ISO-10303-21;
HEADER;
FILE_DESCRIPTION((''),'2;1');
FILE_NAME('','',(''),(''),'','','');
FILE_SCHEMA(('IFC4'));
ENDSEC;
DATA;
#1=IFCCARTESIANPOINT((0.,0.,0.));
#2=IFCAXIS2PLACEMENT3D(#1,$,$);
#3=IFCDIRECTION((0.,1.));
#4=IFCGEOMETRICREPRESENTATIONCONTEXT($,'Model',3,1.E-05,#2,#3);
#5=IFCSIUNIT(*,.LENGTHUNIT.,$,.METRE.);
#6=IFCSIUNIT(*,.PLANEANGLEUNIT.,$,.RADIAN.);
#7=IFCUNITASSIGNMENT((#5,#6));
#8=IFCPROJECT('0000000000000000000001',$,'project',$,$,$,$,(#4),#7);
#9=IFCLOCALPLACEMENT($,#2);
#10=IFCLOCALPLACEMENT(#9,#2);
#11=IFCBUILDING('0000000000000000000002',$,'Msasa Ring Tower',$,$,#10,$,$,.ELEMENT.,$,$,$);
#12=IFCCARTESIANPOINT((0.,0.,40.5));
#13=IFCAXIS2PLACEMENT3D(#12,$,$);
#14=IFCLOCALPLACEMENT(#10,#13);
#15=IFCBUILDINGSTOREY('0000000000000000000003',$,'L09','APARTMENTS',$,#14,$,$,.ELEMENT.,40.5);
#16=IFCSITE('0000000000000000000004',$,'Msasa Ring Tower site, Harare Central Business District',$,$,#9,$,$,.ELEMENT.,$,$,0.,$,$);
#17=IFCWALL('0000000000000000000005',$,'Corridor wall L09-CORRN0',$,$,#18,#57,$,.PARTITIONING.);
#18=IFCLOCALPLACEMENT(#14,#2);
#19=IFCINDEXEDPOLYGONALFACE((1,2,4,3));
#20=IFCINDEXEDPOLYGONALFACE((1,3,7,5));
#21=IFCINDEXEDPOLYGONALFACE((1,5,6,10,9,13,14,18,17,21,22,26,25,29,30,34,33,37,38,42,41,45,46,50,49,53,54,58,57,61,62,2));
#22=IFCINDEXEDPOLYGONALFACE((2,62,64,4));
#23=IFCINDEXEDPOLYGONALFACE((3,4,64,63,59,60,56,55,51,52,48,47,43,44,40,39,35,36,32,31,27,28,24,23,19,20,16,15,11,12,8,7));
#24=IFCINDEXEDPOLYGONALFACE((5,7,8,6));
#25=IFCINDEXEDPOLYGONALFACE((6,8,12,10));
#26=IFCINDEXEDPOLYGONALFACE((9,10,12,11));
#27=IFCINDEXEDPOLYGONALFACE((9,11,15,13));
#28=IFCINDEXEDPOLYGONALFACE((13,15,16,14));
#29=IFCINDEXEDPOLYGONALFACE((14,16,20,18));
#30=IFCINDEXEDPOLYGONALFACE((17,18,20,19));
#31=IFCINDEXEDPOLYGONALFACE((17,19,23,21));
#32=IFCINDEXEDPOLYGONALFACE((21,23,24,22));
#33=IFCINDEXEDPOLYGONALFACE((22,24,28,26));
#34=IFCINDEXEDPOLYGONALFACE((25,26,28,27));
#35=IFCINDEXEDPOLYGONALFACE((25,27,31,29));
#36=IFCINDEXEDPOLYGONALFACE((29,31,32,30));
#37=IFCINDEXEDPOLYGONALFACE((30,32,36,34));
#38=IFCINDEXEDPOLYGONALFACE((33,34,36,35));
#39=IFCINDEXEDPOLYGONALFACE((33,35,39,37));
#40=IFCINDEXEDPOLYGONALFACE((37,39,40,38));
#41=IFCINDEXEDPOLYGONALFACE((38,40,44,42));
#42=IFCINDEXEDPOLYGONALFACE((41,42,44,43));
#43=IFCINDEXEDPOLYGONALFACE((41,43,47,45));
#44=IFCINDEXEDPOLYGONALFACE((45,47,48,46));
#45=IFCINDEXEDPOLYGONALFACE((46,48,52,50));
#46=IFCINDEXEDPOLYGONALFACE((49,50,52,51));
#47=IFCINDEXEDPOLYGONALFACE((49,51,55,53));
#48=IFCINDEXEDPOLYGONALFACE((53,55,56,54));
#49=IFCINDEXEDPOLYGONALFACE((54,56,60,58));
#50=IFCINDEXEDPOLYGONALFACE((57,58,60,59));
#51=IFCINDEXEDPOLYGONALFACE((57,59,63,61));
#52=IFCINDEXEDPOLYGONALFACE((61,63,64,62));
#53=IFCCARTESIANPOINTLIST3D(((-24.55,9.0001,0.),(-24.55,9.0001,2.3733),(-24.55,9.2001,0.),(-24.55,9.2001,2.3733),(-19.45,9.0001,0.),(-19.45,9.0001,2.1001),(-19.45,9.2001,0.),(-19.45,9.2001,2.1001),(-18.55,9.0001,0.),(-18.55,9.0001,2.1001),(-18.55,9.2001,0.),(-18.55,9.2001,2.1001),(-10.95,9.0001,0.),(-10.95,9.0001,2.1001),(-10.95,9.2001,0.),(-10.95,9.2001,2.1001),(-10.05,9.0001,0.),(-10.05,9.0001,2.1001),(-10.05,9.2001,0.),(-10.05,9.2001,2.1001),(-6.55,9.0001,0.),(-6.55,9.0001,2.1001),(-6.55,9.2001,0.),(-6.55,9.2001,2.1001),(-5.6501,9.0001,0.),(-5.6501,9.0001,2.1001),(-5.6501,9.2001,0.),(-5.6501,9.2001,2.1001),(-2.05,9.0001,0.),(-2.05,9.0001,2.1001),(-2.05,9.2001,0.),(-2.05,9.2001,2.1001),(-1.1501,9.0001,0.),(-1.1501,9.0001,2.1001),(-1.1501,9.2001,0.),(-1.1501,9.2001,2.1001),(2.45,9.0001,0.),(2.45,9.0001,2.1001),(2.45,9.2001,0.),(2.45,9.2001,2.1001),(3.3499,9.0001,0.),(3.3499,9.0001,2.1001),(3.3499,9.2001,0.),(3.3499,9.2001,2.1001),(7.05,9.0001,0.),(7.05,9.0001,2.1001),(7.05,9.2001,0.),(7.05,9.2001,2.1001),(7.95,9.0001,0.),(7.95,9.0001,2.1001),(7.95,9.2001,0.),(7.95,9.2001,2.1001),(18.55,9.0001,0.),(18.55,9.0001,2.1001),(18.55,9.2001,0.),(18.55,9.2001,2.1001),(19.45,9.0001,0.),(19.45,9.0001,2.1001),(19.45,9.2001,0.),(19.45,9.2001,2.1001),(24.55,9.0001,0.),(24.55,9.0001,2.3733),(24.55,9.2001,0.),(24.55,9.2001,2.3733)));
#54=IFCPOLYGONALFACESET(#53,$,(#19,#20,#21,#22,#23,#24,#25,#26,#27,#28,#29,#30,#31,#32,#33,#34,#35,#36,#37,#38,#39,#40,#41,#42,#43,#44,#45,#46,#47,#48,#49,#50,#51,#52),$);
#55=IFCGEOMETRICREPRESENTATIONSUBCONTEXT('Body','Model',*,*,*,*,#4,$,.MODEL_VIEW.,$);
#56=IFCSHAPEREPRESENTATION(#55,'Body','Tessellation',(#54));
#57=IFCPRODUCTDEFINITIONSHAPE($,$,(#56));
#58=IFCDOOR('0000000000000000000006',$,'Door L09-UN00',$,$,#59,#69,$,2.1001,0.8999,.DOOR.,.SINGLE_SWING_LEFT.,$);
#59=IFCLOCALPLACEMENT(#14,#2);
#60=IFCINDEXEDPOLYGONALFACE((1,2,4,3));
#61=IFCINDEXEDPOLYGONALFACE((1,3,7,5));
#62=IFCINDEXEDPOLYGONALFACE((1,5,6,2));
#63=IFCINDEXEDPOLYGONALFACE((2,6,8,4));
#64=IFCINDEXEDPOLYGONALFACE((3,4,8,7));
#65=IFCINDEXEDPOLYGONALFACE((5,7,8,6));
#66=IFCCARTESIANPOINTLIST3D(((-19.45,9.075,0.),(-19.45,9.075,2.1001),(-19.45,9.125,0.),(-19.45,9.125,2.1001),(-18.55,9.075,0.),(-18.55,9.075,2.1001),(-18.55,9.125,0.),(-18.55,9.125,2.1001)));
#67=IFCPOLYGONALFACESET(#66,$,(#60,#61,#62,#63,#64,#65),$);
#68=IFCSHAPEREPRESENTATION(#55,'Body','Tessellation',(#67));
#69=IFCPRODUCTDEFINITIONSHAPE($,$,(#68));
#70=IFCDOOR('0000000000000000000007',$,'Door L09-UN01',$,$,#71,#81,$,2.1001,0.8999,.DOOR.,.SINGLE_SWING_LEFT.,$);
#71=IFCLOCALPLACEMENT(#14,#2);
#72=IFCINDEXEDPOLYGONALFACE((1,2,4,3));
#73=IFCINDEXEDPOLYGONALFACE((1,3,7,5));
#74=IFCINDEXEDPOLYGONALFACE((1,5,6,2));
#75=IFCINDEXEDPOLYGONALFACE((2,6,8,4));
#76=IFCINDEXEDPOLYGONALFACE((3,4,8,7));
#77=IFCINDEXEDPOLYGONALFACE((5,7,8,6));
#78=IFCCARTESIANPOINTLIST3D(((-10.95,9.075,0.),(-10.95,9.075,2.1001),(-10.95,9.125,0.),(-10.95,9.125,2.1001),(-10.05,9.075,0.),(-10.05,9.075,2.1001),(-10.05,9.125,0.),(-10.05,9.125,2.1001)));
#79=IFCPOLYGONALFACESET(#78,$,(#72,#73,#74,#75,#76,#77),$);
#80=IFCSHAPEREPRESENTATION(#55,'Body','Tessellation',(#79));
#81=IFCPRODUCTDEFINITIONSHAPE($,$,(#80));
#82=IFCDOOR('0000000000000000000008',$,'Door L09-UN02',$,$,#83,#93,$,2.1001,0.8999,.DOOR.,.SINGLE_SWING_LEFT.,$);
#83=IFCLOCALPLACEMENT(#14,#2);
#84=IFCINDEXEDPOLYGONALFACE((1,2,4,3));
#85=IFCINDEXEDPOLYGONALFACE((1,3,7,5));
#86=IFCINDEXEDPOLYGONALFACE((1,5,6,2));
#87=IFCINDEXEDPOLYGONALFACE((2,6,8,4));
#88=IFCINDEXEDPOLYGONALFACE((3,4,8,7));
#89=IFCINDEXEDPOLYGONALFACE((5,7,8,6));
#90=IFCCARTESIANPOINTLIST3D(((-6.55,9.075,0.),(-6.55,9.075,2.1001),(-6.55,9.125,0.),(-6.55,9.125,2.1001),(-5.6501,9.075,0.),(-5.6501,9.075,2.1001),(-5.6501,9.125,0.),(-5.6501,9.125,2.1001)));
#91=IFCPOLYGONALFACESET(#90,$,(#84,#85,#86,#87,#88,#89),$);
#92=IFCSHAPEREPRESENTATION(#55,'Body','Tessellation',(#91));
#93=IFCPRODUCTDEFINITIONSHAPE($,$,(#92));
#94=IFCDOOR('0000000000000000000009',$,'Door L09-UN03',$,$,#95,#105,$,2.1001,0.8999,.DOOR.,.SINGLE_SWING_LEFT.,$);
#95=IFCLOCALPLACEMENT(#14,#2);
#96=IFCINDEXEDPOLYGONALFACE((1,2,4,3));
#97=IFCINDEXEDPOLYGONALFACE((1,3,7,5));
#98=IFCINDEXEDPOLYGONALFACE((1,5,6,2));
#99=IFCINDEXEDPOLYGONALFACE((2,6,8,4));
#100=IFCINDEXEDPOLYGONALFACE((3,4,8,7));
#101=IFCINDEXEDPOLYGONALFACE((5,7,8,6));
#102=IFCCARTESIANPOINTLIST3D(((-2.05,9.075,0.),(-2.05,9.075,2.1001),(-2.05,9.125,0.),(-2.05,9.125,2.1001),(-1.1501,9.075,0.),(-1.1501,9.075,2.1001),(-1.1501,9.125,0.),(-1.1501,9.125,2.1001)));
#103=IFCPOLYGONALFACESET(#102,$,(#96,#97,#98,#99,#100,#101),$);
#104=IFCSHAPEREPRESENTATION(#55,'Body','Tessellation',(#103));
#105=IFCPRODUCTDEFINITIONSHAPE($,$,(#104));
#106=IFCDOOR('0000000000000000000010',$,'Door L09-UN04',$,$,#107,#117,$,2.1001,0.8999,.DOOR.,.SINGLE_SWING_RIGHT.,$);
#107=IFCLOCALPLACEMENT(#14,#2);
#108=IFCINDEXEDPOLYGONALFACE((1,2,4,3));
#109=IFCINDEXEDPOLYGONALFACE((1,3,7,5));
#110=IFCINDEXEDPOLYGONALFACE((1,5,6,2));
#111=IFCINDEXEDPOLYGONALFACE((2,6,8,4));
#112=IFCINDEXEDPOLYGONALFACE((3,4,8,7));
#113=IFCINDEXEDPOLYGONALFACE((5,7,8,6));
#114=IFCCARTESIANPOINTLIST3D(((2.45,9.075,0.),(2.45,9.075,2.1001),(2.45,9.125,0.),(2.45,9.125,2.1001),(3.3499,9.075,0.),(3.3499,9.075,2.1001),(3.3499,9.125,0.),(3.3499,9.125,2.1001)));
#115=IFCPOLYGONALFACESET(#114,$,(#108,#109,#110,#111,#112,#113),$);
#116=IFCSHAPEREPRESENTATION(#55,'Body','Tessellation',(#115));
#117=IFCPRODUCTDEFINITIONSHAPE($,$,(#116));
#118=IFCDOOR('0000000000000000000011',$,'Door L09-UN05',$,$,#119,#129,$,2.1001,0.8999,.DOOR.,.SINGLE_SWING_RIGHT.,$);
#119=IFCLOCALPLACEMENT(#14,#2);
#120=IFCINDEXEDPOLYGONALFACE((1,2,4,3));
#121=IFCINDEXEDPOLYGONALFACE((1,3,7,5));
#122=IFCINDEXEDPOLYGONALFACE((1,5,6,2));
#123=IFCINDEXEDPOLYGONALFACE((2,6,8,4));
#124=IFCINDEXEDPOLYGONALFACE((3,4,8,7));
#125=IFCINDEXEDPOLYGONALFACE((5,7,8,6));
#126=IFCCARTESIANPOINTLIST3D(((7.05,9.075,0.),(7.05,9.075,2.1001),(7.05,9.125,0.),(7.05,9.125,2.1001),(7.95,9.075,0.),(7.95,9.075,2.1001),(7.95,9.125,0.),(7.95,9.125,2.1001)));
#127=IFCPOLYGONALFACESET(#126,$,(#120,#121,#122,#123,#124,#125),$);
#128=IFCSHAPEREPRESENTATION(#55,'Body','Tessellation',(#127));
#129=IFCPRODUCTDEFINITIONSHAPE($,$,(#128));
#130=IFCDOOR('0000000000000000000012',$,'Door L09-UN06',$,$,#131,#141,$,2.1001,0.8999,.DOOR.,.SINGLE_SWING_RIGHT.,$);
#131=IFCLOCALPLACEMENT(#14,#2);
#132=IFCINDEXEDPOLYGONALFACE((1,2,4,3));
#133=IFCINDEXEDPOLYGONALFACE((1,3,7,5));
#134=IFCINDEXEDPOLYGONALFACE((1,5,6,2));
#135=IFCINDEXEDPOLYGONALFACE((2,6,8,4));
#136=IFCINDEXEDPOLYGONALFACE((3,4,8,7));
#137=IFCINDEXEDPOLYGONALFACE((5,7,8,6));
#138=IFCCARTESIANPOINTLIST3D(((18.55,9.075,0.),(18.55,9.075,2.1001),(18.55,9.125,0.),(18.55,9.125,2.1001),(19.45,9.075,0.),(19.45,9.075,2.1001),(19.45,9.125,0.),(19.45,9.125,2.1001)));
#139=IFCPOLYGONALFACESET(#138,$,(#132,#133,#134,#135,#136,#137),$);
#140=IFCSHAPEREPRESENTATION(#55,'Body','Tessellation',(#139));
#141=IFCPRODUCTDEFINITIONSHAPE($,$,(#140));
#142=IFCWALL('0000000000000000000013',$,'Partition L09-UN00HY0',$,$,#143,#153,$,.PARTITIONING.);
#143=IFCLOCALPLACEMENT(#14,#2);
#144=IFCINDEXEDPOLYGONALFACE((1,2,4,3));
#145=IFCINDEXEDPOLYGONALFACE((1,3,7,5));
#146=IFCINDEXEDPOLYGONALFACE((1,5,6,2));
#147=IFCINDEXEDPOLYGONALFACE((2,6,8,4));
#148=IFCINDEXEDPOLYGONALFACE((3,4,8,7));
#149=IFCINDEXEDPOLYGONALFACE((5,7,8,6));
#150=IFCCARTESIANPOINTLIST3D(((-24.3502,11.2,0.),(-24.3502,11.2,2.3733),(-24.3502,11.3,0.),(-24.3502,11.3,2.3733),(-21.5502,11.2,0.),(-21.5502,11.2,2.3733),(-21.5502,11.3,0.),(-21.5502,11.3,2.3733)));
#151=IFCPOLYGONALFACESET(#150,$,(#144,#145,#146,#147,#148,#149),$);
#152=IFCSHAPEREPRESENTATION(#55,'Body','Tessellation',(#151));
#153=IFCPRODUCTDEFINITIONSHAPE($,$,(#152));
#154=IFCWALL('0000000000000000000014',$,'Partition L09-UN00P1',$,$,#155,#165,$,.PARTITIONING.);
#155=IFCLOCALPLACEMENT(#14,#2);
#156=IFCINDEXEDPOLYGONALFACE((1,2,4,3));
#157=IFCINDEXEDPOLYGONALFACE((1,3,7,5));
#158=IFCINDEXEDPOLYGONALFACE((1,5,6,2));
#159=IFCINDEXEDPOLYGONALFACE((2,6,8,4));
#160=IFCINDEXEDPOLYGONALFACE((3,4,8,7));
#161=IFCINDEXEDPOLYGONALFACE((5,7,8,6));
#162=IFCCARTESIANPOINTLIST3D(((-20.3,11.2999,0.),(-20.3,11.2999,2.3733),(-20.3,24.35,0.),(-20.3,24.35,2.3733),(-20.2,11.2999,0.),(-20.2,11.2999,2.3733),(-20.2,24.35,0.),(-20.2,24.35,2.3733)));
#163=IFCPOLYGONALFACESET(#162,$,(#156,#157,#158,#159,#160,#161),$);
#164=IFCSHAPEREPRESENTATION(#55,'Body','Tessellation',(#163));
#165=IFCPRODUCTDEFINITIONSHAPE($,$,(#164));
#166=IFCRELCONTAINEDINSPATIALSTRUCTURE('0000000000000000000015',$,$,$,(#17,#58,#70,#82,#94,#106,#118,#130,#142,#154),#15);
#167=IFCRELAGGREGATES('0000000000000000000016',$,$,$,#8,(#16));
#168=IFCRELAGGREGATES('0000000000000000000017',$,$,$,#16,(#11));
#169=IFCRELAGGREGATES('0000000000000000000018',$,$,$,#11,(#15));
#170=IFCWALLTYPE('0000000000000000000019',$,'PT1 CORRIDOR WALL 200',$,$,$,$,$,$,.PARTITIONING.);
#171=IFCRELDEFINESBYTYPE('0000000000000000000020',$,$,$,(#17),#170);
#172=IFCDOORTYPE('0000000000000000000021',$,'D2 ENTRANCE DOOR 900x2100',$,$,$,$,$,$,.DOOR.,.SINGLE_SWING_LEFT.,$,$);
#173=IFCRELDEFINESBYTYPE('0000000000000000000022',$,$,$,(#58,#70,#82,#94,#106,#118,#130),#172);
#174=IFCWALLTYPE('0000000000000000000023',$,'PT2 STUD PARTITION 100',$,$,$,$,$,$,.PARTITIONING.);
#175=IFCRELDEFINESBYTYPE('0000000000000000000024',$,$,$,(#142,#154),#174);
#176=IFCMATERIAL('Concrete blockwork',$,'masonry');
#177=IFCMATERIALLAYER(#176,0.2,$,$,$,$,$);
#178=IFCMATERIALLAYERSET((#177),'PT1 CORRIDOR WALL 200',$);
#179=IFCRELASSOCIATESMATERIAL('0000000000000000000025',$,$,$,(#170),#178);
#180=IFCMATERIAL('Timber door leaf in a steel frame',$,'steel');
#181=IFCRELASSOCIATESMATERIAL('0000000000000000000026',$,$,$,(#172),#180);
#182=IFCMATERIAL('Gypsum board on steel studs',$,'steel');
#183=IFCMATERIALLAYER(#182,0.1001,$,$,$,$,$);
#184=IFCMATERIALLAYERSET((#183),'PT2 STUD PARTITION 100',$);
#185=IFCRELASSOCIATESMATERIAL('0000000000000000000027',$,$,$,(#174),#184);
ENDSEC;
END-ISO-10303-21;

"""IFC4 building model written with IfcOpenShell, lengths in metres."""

from ifc_helpers import new_model, si_unit, direction, frame, frame_2d, origin, place, context, subcontext, project, spatial, rectangle, extrude, material, layer, layer_set, type_object, element, fill, save


model = new_model("IFC4")

# Units and contexts
model_context = context("Model", 3, precision=1e-05, world=origin(), true_north=direction((0.0, 1.0)))
body_context = subcontext(model_context, "Body", "Model", "MODEL_VIEW")
ifc_project = project(units=[si_unit("LENGTHUNIT", "METRE"), si_unit("PLANEANGLEUNIT", "RADIAN")], contexts=[model_context])

# Site, building, storey
site_placement = place(None, origin())
site = spatial("IfcSite", under=ifc_project, at=site_placement, Name="Msasa Ring Tower site, Harare Central Business District", CompositionType="ELEMENT", RefElevation=0.0)
building_placement = place(site_placement, origin())
building = spatial("IfcBuilding", under=site, at=building_placement, Name="Msasa Ring Tower", CompositionType="ELEMENT")
storey_placement = place(building_placement, frame((0.0, 0.0, 40.5)))
storey = spatial("IfcBuildingStorey", under=building, at=storey_placement, Name="L09", Description="APARTMENTS", CompositionType="ELEMENT", Elevation=40.5)

# Wall, openings, doors
ifc_material_1 = material(Name="Concrete blockwork", Category="masonry")
ifc_layer_1 = layer(ifc_material_1, 0.2)
ifc_layer_set_1 = layer_set([ifc_layer_1], Name="PT1 CORRIDOR WALL 200")
wall_type_1 = type_object("IfcWallType", Name="PT1 CORRIDOR WALL 200", PredefinedType="PARTITIONING", material=ifc_layer_set_1)
wall_1_placement = place(storey_placement, frame((-24.55, 9.1001, 0.0), z_axis=(0.0, 0.0, 1.0), x_axis=(1.0, 0.0, 0.0)))
wall_1 = element("IfcWall", 1, at=wall_1_placement, inside=storey, type_object=wall_type_1, Name="Corridor wall L09-CORRN0", PredefinedType="PARTITIONING", context=body_context, shape_type="SweptSolid", body=[
    extrude(rectangle(XDim=49.1001, YDim=0.2, at=frame_2d((24.55, 0.0))), origin(), (0.0, 0.0, 1.0), 2.3733),
])
opening_1_placement = place(wall_1_placement, frame((5.1001, 0.0, 0.0)))
opening_1 = element("IfcOpeningElement", 2, at=opening_1_placement, cuts=wall_1, PredefinedType="OPENING", context=body_context, shape_type="SweptSolid", body=[
    extrude(rectangle(XDim=0.8999, YDim=2.1001, at=frame_2d((0.45, 1.05))), frame((0.0, 0.1099, 0.0), z_axis=(0.0, -1.0, 0.0), x_axis=(1.0, 0.0, 0.0)), (0.0, 0.0, 1.0), 0.22),
])
opening_2_placement = place(wall_1_placement, frame((13.6001, 0.0, 0.0)))
opening_2 = element("IfcOpeningElement", 3, at=opening_2_placement, cuts=wall_1, PredefinedType="OPENING", context=body_context, shape_type="SweptSolid", body=[
    extrude(rectangle(XDim=0.8999, YDim=2.1001, at=frame_2d((0.45, 1.05))), frame((0.0, 0.1099, 0.0), z_axis=(0.0, -1.0, 0.0), x_axis=(1.0, 0.0, 0.0)), (0.0, 0.0, 1.0), 0.22),
])
opening_3_placement = place(wall_1_placement, frame((18.0, 0.0, 0.0)))
opening_3 = element("IfcOpeningElement", 4, at=opening_3_placement, cuts=wall_1, PredefinedType="OPENING", context=body_context, shape_type="SweptSolid", body=[
    extrude(rectangle(XDim=0.8999, YDim=2.1001, at=frame_2d((0.45, 1.05))), frame((0.0, 0.1099, 0.0), z_axis=(0.0, -1.0, 0.0), x_axis=(1.0, 0.0, 0.0)), (0.0, 0.0, 1.0), 0.22),
])
opening_4_placement = place(wall_1_placement, frame((22.5, 0.0, 0.0)))
opening_4 = element("IfcOpeningElement", 5, at=opening_4_placement, cuts=wall_1, PredefinedType="OPENING", context=body_context, shape_type="SweptSolid", body=[
    extrude(rectangle(XDim=0.8999, YDim=2.1001, at=frame_2d((0.45, 1.05))), frame((0.0, 0.1099, 0.0), z_axis=(0.0, -1.0, 0.0), x_axis=(1.0, 0.0, 0.0)), (0.0, 0.0, 1.0), 0.22),
])
opening_5_placement = place(wall_1_placement, frame((27.0, 0.0, 0.0)))
opening_5 = element("IfcOpeningElement", 6, at=opening_5_placement, cuts=wall_1, PredefinedType="OPENING", context=body_context, shape_type="SweptSolid", body=[
    extrude(rectangle(XDim=0.8999, YDim=2.1001, at=frame_2d((0.45, 1.05))), frame((0.0, 0.1099, 0.0), z_axis=(0.0, -1.0, 0.0), x_axis=(1.0, 0.0, 0.0)), (0.0, 0.0, 1.0), 0.22),
])
opening_6_placement = place(wall_1_placement, frame((31.6001, 0.0, 0.0)))
opening_6 = element("IfcOpeningElement", 7, at=opening_6_placement, cuts=wall_1, PredefinedType="OPENING", context=body_context, shape_type="SweptSolid", body=[
    extrude(rectangle(XDim=0.8999, YDim=2.1001, at=frame_2d((0.45, 1.05))), frame((0.0, 0.1099, 0.0), z_axis=(0.0, -1.0, 0.0), x_axis=(1.0, 0.0, 0.0)), (0.0, 0.0, 1.0), 0.22),
])
opening_7_placement = place(wall_1_placement, frame((43.1001, 0.0, 0.0)))
opening_7 = element("IfcOpeningElement", 8, at=opening_7_placement, cuts=wall_1, PredefinedType="OPENING", context=body_context, shape_type="SweptSolid", body=[
    extrude(rectangle(XDim=0.8999, YDim=2.1001, at=frame_2d((0.45, 1.05))), frame((0.0, 0.1099, 0.0), z_axis=(0.0, -1.0, 0.0), x_axis=(1.0, 0.0, 0.0)), (0.0, 0.0, 1.0), 0.22),
])
ifc_material_2 = material(Name="Timber door leaf in a steel frame", Category="steel")
door_type_1 = type_object("IfcDoorType", Name="D2 ENTRANCE DOOR 900x2100", OperationType="SINGLE_SWING_LEFT", PredefinedType="DOOR", material=ifc_material_2)
door_1_placement = place(opening_1_placement, origin())
door_1 = element("IfcDoor", 9, at=door_1_placement, inside=storey, type_object=door_type_1, Name="Door L09-UN00", OperationType="SINGLE_SWING_LEFT", OverallHeight=2.1001, OverallWidth=0.8999, PredefinedType="DOOR", context=body_context, shape_type="SweptSolid", body=[
    extrude(rectangle(XDim=0.8999, YDim=2.1001, at=frame_2d((0.45, 1.05))), frame((0.0, 0.0249, 0.0), z_axis=(0.0, -1.0, 0.0), x_axis=(1.0, 0.0, 0.0)), (0.0, 0.0, 1.0), 0.05),
])
fill(opening_1, door_1)
door_2_placement = place(opening_2_placement, origin())
door_2 = element("IfcDoor", 10, at=door_2_placement, inside=storey, type_object=door_type_1, Name="Door L09-UN01", OperationType="SINGLE_SWING_LEFT", OverallHeight=2.1001, OverallWidth=0.8999, PredefinedType="DOOR", context=body_context, shape_type="SweptSolid", body=[
    extrude(rectangle(XDim=0.8999, YDim=2.1001, at=frame_2d((0.45, 1.05))), frame((0.0, 0.0249, 0.0), z_axis=(0.0, -1.0, 0.0), x_axis=(1.0, 0.0, 0.0)), (0.0, 0.0, 1.0), 0.05),
])
fill(opening_2, door_2)
door_3_placement = place(opening_3_placement, origin())
door_3 = element("IfcDoor", 11, at=door_3_placement, inside=storey, type_object=door_type_1, Name="Door L09-UN02", OperationType="SINGLE_SWING_LEFT", OverallHeight=2.1001, OverallWidth=0.8999, PredefinedType="DOOR", context=body_context, shape_type="SweptSolid", body=[
    extrude(rectangle(XDim=0.8999, YDim=2.1001, at=frame_2d((0.45, 1.05))), frame((0.0, 0.0249, 0.0), z_axis=(0.0, -1.0, 0.0), x_axis=(1.0, 0.0, 0.0)), (0.0, 0.0, 1.0), 0.05),
])
fill(opening_3, door_3)
door_4_placement = place(opening_4_placement, origin())
door_4 = element("IfcDoor", 12, at=door_4_placement, inside=storey, type_object=door_type_1, Name="Door L09-UN03", OperationType="SINGLE_SWING_LEFT", OverallHeight=2.1001, OverallWidth=0.8999, PredefinedType="DOOR", context=body_context, shape_type="SweptSolid", body=[
    extrude(rectangle(XDim=0.8999, YDim=2.1001, at=frame_2d((0.45, 1.05))), frame((0.0, 0.0249, 0.0), z_axis=(0.0, -1.0, 0.0), x_axis=(1.0, 0.0, 0.0)), (0.0, 0.0, 1.0), 0.05),
])
fill(opening_4, door_4)
door_5_placement = place(opening_5_placement, origin())
door_5 = element("IfcDoor", 13, at=door_5_placement, inside=storey, type_object=door_type_1, Name="Door L09-UN04", OperationType="SINGLE_SWING_RIGHT", OverallHeight=2.1001, OverallWidth=0.8999, PredefinedType="DOOR", context=body_context, shape_type="SweptSolid", body=[
    extrude(rectangle(XDim=0.8999, YDim=2.1001, at=frame_2d((0.45, 1.05))), frame((0.0, 0.0249, 0.0), z_axis=(0.0, -1.0, 0.0), x_axis=(1.0, 0.0, 0.0)), (0.0, 0.0, 1.0), 0.05),
])
fill(opening_5, door_5)
door_6_placement = place(opening_6_placement, origin())
door_6 = element("IfcDoor", 14, at=door_6_placement, inside=storey, type_object=door_type_1, Name="Door L09-UN05", OperationType="SINGLE_SWING_RIGHT", OverallHeight=2.1001, OverallWidth=0.8999, PredefinedType="DOOR", context=body_context, shape_type="SweptSolid", body=[
    extrude(rectangle(XDim=0.8999, YDim=2.1001, at=frame_2d((0.45, 1.05))), frame((0.0, 0.0249, 0.0), z_axis=(0.0, -1.0, 0.0), x_axis=(1.0, 0.0, 0.0)), (0.0, 0.0, 1.0), 0.05),
])
fill(opening_6, door_6)
door_7_placement = place(opening_7_placement, origin())
door_7 = element("IfcDoor", 15, at=door_7_placement, inside=storey, type_object=door_type_1, Name="Door L09-UN06", OperationType="SINGLE_SWING_RIGHT", OverallHeight=2.1001, OverallWidth=0.8999, PredefinedType="DOOR", context=body_context, shape_type="SweptSolid", body=[
    extrude(rectangle(XDim=0.8999, YDim=2.1001, at=frame_2d((0.45, 1.05))), frame((0.0, 0.0249, 0.0), z_axis=(0.0, -1.0, 0.0), x_axis=(1.0, 0.0, 0.0)), (0.0, 0.0, 1.0), 0.05),
])
fill(opening_7, door_7)

# Walls
ifc_material_3 = material(Name="Gypsum board on steel studs", Category="steel")
ifc_layer_2 = layer(ifc_material_3, 0.1001)
ifc_layer_set_2 = layer_set([ifc_layer_2], Name="PT2 STUD PARTITION 100")
wall_type_2 = type_object("IfcWallType", Name="PT2 STUD PARTITION 100", PredefinedType="PARTITIONING", material=ifc_layer_set_2)
wall_2_placement = place(storey_placement, frame((-24.3501, 11.25, 0.0), z_axis=(0.0, 0.0, 1.0), x_axis=(1.0, 0.0, 0.0)))
element("IfcWall", 16, at=wall_2_placement, inside=storey, type_object=wall_type_2, Name="Partition L09-UN00HY0", PredefinedType="PARTITIONING", context=body_context, shape_type="SweptSolid", body=[
    extrude(rectangle(XDim=2.8, YDim=0.1001, at=frame_2d((1.3999, 0.0))), origin(), (0.0, 0.0, 1.0), 2.3733),
])
wall_3_placement = place(storey_placement, frame((-20.25, 11.3, 0.0), z_axis=(0.0, 0.0, 1.0), x_axis=(0.0, 1.0, 0.0)))
element("IfcWall", 17, at=wall_3_placement, inside=storey, type_object=wall_type_2, Name="Partition L09-UN00P1", PredefinedType="PARTITIONING", context=body_context, shape_type="SweptSolid", body=[
    extrude(rectangle(XDim=13.05, YDim=0.1001, at=frame_2d((6.5249, 0.0))), origin(), (0.0, 0.0, 1.0), 2.3733),
])

save(model, "model.ifc")
